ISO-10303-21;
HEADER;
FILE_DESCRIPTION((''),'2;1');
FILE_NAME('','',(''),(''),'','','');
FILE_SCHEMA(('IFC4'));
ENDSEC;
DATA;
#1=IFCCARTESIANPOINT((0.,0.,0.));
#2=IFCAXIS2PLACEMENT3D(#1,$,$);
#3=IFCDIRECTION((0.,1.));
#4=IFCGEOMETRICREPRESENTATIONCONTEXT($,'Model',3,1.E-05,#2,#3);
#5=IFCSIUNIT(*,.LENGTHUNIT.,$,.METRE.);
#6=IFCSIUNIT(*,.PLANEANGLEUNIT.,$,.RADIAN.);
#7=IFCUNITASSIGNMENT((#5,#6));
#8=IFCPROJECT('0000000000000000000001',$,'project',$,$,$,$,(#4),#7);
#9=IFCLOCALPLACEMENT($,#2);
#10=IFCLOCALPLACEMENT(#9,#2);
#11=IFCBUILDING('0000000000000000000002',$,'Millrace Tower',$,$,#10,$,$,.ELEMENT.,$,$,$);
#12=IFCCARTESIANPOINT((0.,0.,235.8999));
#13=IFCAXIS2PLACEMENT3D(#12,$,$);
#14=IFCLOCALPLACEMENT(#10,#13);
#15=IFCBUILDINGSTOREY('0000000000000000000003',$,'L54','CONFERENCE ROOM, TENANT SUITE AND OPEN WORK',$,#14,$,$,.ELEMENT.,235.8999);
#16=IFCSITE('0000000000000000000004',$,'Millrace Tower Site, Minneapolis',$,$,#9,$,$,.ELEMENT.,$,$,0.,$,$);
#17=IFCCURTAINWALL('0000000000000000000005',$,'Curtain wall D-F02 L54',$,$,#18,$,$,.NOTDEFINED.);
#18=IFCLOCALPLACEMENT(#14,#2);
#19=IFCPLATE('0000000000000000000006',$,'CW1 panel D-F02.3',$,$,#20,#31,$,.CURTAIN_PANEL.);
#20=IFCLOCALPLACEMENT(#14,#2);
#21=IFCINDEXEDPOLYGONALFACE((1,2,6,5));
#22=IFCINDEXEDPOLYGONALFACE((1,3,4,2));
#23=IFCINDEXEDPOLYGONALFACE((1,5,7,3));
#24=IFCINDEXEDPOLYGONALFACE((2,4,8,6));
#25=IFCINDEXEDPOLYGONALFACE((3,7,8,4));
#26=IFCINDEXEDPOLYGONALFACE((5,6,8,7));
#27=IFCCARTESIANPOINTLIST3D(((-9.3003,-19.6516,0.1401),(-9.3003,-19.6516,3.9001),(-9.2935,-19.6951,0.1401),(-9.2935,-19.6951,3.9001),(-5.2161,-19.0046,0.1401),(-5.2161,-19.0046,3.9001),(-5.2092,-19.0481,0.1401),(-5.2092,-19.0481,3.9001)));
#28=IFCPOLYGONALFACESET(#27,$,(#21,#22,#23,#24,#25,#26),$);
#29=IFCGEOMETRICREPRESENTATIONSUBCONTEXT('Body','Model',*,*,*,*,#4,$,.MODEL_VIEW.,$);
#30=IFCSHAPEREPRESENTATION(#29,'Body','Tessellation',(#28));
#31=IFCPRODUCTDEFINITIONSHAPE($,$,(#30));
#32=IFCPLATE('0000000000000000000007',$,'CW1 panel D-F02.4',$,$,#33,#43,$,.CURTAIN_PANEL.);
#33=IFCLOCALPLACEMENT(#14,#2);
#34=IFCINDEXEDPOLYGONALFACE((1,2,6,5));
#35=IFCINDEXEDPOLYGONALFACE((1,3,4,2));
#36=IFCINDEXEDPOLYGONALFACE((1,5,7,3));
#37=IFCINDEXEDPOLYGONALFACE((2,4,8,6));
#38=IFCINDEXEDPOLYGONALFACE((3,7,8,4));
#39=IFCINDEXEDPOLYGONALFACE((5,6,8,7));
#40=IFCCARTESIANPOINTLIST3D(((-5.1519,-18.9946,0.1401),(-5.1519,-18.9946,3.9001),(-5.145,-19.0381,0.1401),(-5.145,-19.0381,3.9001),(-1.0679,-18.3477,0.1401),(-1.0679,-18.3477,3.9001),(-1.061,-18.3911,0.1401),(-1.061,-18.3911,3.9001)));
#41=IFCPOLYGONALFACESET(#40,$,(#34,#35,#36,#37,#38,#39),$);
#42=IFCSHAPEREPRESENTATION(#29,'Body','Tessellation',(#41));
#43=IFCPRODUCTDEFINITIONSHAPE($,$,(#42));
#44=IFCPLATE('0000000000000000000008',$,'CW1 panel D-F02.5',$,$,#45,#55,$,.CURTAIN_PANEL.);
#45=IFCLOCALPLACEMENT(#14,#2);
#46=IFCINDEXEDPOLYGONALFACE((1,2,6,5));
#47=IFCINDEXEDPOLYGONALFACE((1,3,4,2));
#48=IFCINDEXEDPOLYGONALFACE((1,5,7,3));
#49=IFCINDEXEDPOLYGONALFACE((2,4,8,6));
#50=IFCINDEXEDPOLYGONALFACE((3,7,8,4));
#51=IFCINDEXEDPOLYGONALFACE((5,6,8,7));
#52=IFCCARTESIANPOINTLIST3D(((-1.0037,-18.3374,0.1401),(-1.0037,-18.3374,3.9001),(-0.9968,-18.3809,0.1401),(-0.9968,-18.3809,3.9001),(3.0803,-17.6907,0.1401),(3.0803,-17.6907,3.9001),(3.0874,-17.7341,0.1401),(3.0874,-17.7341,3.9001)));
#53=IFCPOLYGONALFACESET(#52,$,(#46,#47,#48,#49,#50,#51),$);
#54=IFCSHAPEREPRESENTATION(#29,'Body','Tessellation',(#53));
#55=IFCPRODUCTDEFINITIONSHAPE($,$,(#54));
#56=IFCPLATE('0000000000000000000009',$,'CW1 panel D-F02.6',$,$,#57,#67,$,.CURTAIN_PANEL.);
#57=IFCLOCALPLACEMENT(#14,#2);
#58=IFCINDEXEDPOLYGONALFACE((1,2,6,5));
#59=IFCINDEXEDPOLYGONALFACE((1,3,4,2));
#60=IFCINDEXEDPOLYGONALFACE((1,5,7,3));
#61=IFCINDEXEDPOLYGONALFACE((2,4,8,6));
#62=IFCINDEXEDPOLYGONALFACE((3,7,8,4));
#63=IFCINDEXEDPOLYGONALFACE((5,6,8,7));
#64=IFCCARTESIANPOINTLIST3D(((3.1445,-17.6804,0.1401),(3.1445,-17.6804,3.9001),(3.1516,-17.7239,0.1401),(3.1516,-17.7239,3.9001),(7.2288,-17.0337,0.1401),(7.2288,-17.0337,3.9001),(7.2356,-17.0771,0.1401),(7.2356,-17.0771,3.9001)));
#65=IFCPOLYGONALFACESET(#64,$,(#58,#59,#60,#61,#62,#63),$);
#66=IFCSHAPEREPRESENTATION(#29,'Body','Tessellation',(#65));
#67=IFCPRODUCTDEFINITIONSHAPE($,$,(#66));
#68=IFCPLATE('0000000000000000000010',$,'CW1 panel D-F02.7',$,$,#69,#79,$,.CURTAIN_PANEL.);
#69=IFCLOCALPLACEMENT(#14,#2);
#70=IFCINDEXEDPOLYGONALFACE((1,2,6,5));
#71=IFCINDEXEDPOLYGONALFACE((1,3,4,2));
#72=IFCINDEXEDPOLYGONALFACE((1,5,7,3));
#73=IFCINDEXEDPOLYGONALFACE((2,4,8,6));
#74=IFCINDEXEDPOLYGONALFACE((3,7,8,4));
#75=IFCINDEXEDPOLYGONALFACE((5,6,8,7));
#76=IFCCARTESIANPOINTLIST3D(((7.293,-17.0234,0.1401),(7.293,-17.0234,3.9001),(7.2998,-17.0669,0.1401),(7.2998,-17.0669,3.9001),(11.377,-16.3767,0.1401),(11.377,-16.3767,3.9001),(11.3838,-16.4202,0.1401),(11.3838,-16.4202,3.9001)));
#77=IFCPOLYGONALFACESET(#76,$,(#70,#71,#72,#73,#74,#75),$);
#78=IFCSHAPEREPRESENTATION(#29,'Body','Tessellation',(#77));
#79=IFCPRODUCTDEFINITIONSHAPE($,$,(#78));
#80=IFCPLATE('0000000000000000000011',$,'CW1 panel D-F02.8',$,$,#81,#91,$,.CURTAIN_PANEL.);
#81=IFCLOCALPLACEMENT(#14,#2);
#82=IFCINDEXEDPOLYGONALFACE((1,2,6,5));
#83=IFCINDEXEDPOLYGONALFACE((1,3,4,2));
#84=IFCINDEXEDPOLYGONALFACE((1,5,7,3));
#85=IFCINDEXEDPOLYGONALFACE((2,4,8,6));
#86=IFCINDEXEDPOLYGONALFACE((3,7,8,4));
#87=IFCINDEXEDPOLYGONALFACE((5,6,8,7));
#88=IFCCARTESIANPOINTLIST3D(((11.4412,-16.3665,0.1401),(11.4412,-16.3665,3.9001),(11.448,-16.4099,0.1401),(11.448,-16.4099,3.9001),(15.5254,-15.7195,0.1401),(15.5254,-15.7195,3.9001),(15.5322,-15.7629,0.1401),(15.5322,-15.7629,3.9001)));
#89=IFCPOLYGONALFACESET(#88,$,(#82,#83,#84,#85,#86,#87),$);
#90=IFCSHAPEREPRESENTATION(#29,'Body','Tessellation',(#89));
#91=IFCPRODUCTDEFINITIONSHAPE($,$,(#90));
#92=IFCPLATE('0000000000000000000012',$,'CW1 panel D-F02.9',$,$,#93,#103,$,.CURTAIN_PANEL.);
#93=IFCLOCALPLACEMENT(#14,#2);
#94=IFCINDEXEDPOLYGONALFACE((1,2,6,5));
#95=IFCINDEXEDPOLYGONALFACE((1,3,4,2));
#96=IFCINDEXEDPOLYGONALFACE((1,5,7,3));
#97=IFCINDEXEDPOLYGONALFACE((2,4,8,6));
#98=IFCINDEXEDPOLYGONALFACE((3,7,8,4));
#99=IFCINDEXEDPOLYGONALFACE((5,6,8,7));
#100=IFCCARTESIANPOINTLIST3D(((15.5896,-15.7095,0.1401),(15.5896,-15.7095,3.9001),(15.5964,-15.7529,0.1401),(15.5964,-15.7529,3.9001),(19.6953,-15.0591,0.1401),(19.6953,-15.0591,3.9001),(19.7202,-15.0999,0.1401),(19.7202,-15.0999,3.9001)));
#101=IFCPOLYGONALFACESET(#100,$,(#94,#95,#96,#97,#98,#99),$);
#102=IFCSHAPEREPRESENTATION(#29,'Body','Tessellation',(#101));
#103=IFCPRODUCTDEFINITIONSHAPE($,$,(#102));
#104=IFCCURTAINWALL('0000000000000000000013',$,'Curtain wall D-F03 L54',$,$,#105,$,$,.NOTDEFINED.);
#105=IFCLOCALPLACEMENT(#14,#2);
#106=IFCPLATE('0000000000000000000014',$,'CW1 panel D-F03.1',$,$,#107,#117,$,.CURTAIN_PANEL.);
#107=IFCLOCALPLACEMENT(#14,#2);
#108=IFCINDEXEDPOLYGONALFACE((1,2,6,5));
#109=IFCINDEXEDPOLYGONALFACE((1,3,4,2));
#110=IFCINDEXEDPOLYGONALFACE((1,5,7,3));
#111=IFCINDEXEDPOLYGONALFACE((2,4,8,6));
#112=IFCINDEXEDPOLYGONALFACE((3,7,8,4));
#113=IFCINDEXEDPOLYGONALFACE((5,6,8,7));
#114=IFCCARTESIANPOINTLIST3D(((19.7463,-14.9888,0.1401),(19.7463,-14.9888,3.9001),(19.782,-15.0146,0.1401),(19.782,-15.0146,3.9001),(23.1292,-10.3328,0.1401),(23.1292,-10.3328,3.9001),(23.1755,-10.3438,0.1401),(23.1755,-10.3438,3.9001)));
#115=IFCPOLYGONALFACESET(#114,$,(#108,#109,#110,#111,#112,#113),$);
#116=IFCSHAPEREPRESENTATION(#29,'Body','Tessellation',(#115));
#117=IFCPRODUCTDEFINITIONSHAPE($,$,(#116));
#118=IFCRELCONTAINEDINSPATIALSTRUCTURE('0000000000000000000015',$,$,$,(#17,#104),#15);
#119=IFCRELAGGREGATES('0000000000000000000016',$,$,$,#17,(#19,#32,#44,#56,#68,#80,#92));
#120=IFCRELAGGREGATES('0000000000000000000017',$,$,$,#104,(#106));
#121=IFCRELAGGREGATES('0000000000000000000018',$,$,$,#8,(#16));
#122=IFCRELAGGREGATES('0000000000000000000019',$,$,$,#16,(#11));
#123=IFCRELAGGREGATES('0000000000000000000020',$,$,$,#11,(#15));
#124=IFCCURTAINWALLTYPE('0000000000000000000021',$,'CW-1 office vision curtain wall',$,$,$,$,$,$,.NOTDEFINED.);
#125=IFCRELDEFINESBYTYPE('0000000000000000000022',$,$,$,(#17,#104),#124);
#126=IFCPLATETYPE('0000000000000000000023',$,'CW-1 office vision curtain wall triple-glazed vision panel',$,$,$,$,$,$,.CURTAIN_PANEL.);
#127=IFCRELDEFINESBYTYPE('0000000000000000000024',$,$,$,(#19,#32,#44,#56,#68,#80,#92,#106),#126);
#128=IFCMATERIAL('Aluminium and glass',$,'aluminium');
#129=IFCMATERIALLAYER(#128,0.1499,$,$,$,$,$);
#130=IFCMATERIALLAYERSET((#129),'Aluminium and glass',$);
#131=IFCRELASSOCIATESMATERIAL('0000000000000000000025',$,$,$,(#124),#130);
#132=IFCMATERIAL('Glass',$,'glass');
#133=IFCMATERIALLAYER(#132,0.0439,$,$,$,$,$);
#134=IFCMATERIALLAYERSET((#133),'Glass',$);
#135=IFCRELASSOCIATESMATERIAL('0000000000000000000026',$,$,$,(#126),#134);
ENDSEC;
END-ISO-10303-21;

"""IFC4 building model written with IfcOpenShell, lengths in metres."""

from ifc_helpers import new_model, si_unit, direction, frame, origin, place, context, subcontext, project, spatial, polyline, outline, extrude, material, layer, layer_set, type_object, element, aggregate, save


model = new_model("IFC4")

# Units and contexts
model_context = context("Model", 3, precision=1e-05, world=origin(), true_north=direction((0.0, 1.0)))
body_context = subcontext(model_context, "Body", "Model", "MODEL_VIEW")
ifc_project = project(units=[si_unit("LENGTHUNIT", "METRE"), si_unit("PLANEANGLEUNIT", "RADIAN")], contexts=[model_context])

# Site, building, storey
site_placement = place(None, origin())
site = spatial("IfcSite", under=ifc_project, at=site_placement, Name="Millrace Tower Site, Minneapolis", CompositionType="ELEMENT", RefElevation=0.0)
building_placement = place(site_placement, origin())
building = spatial("IfcBuilding", under=site, at=building_placement, Name="Millrace Tower", CompositionType="ELEMENT")
storey_placement = place(building_placement, frame((0.0, 0.0, 235.8999)))
storey = spatial("IfcBuildingStorey", under=building, at=storey_placement, Name="L54", Description="CONFERENCE ROOM, TENANT SUITE AND OPEN WORK", CompositionType="ELEMENT", Elevation=235.8999)

# Shared definitions
ifc_material_1 = material(Name="Aluminium and glass", Category="aluminium")
ifc_layer_1 = layer(ifc_material_1, 0.1499)
ifc_layer_set_1 = layer_set([ifc_layer_1], Name="Aluminium and glass")
curtain_wall_type = type_object("IfcCurtainWallType", Name="CW-1 office vision curtain wall", PredefinedType="NOTDEFINED", material=ifc_layer_set_1)
placement_1 = place(storey_placement, origin())
ifc_material_2 = material(Name="Glass", Category="glass")
ifc_layer_2 = layer(ifc_material_2, 0.0439)
ifc_layer_set_2 = layer_set([ifc_layer_2], Name="Glass")
plate_type = type_object("IfcPlateType", Name="CW-1 office vision curtain wall triple-glazed vision panel", PredefinedType="CURTAIN_PANEL", material=ifc_layer_set_2)
placement_2 = place(storey_placement, frame((0.0, 0.0, 0.1401)))

# Curtain wall, plates
curtain_wall_1 = element("IfcCurtainWall", 1, at=placement_1, inside=storey, type_object=curtain_wall_type, Name="Curtain wall D-F02 L54", PredefinedType="NOTDEFINED")
plate_1 = element("IfcPlate", 2, at=placement_2, type_object=plate_type, Name="CW1 panel D-F02.3", PredefinedType="CURTAIN_PANEL", context=body_context, shape_type="SweptSolid", body=[
    extrude(outline(polyline([(-9.2935, -19.6951), (-5.2092, -19.0481), (-5.2161, -19.0046), (-9.3003, -19.6516), (-9.2935, -19.6951)])), origin(), (0.0, 0.0, 1.0), 3.76),
])
plate_2 = element("IfcPlate", 3, at=placement_2, type_object=plate_type, Name="CW1 panel D-F02.4", PredefinedType="CURTAIN_PANEL", context=body_context, shape_type="SweptSolid", body=[
    extrude(outline(polyline([(-5.145, -19.0381), (-1.061, -18.3911), (-1.0679, -18.3477), (-5.1519, -18.9946), (-5.145, -19.0381)])), origin(), (0.0, 0.0, 1.0), 3.76),
])
plate_3 = element("IfcPlate", 4, at=placement_2, type_object=plate_type, Name="CW1 panel D-F02.5", PredefinedType="CURTAIN_PANEL", context=body_context, shape_type="SweptSolid", body=[
    extrude(outline(polyline([(-0.9968, -18.3809), (3.0874, -17.7341), (3.0803, -17.6907), (-1.0037, -18.3374), (-0.9968, -18.3809)])), origin(), (0.0, 0.0, 1.0), 3.76),
])
plate_4 = element("IfcPlate", 5, at=placement_2, type_object=plate_type, Name="CW1 panel D-F02.6", PredefinedType="CURTAIN_PANEL", context=body_context, shape_type="SweptSolid", body=[
    extrude(outline(polyline([(3.1516, -17.7239), (7.2356, -17.0771), (7.2288, -17.0337), (3.1445, -17.6804), (3.1516, -17.7239)])), origin(), (0.0, 0.0, 1.0), 3.76),
])
plate_5 = element("IfcPlate", 6, at=placement_2, type_object=plate_type, Name="CW1 panel D-F02.7", PredefinedType="CURTAIN_PANEL", context=body_context, shape_type="SweptSolid", body=[
    extrude(outline(polyline([(7.2998, -17.0669), (11.3838, -16.4202), (11.377, -16.3767), (7.293, -17.0234), (7.2998, -17.0669)])), origin(), (0.0, 0.0, 1.0), 3.76),
])
plate_6 = element("IfcPlate", 7, at=placement_2, type_object=plate_type, Name="CW1 panel D-F02.8", PredefinedType="CURTAIN_PANEL", context=body_context, shape_type="SweptSolid", body=[
    extrude(outline(polyline([(11.448, -16.4099), (15.5322, -15.7629), (15.5254, -15.7195), (11.4412, -16.3665), (11.448, -16.4099)])), origin(), (0.0, 0.0, 1.0), 3.76),
])
plate_7 = element("IfcPlate", 8, at=placement_2, type_object=plate_type, Name="CW1 panel D-F02.9", PredefinedType="CURTAIN_PANEL", context=body_context, shape_type="SweptSolid", body=[
    extrude(outline(polyline([(15.5964, -15.7529), (19.7202, -15.0999), (19.6953, -15.0591), (15.5896, -15.7095), (15.5964, -15.7529)])), origin(), (0.0, 0.0, 1.0), 3.76),
])
aggregate(curtain_wall_1, [plate_1, plate_2, plate_3, plate_4, plate_5, plate_6, plate_7])

# Curtain wall, plate
curtain_wall_2 = element("IfcCurtainWall", 9, at=placement_1, inside=storey, type_object=curtain_wall_type, Name="Curtain wall D-F03 L54", PredefinedType="NOTDEFINED")
plate_8 = element("IfcPlate", 10, at=placement_2, type_object=plate_type, Name="CW1 panel D-F03.1", PredefinedType="CURTAIN_PANEL", context=body_context, shape_type="SweptSolid", body=[
    extrude(outline(polyline([(19.782, -15.0146), (23.1755, -10.3438), (23.1292, -10.3328), (19.7463, -14.9888), (19.782, -15.0146)])), origin(), (0.0, 0.0, 1.0), 3.76),
])
aggregate(curtain_wall_2, [plate_8])

save(model, "model.ifc")
